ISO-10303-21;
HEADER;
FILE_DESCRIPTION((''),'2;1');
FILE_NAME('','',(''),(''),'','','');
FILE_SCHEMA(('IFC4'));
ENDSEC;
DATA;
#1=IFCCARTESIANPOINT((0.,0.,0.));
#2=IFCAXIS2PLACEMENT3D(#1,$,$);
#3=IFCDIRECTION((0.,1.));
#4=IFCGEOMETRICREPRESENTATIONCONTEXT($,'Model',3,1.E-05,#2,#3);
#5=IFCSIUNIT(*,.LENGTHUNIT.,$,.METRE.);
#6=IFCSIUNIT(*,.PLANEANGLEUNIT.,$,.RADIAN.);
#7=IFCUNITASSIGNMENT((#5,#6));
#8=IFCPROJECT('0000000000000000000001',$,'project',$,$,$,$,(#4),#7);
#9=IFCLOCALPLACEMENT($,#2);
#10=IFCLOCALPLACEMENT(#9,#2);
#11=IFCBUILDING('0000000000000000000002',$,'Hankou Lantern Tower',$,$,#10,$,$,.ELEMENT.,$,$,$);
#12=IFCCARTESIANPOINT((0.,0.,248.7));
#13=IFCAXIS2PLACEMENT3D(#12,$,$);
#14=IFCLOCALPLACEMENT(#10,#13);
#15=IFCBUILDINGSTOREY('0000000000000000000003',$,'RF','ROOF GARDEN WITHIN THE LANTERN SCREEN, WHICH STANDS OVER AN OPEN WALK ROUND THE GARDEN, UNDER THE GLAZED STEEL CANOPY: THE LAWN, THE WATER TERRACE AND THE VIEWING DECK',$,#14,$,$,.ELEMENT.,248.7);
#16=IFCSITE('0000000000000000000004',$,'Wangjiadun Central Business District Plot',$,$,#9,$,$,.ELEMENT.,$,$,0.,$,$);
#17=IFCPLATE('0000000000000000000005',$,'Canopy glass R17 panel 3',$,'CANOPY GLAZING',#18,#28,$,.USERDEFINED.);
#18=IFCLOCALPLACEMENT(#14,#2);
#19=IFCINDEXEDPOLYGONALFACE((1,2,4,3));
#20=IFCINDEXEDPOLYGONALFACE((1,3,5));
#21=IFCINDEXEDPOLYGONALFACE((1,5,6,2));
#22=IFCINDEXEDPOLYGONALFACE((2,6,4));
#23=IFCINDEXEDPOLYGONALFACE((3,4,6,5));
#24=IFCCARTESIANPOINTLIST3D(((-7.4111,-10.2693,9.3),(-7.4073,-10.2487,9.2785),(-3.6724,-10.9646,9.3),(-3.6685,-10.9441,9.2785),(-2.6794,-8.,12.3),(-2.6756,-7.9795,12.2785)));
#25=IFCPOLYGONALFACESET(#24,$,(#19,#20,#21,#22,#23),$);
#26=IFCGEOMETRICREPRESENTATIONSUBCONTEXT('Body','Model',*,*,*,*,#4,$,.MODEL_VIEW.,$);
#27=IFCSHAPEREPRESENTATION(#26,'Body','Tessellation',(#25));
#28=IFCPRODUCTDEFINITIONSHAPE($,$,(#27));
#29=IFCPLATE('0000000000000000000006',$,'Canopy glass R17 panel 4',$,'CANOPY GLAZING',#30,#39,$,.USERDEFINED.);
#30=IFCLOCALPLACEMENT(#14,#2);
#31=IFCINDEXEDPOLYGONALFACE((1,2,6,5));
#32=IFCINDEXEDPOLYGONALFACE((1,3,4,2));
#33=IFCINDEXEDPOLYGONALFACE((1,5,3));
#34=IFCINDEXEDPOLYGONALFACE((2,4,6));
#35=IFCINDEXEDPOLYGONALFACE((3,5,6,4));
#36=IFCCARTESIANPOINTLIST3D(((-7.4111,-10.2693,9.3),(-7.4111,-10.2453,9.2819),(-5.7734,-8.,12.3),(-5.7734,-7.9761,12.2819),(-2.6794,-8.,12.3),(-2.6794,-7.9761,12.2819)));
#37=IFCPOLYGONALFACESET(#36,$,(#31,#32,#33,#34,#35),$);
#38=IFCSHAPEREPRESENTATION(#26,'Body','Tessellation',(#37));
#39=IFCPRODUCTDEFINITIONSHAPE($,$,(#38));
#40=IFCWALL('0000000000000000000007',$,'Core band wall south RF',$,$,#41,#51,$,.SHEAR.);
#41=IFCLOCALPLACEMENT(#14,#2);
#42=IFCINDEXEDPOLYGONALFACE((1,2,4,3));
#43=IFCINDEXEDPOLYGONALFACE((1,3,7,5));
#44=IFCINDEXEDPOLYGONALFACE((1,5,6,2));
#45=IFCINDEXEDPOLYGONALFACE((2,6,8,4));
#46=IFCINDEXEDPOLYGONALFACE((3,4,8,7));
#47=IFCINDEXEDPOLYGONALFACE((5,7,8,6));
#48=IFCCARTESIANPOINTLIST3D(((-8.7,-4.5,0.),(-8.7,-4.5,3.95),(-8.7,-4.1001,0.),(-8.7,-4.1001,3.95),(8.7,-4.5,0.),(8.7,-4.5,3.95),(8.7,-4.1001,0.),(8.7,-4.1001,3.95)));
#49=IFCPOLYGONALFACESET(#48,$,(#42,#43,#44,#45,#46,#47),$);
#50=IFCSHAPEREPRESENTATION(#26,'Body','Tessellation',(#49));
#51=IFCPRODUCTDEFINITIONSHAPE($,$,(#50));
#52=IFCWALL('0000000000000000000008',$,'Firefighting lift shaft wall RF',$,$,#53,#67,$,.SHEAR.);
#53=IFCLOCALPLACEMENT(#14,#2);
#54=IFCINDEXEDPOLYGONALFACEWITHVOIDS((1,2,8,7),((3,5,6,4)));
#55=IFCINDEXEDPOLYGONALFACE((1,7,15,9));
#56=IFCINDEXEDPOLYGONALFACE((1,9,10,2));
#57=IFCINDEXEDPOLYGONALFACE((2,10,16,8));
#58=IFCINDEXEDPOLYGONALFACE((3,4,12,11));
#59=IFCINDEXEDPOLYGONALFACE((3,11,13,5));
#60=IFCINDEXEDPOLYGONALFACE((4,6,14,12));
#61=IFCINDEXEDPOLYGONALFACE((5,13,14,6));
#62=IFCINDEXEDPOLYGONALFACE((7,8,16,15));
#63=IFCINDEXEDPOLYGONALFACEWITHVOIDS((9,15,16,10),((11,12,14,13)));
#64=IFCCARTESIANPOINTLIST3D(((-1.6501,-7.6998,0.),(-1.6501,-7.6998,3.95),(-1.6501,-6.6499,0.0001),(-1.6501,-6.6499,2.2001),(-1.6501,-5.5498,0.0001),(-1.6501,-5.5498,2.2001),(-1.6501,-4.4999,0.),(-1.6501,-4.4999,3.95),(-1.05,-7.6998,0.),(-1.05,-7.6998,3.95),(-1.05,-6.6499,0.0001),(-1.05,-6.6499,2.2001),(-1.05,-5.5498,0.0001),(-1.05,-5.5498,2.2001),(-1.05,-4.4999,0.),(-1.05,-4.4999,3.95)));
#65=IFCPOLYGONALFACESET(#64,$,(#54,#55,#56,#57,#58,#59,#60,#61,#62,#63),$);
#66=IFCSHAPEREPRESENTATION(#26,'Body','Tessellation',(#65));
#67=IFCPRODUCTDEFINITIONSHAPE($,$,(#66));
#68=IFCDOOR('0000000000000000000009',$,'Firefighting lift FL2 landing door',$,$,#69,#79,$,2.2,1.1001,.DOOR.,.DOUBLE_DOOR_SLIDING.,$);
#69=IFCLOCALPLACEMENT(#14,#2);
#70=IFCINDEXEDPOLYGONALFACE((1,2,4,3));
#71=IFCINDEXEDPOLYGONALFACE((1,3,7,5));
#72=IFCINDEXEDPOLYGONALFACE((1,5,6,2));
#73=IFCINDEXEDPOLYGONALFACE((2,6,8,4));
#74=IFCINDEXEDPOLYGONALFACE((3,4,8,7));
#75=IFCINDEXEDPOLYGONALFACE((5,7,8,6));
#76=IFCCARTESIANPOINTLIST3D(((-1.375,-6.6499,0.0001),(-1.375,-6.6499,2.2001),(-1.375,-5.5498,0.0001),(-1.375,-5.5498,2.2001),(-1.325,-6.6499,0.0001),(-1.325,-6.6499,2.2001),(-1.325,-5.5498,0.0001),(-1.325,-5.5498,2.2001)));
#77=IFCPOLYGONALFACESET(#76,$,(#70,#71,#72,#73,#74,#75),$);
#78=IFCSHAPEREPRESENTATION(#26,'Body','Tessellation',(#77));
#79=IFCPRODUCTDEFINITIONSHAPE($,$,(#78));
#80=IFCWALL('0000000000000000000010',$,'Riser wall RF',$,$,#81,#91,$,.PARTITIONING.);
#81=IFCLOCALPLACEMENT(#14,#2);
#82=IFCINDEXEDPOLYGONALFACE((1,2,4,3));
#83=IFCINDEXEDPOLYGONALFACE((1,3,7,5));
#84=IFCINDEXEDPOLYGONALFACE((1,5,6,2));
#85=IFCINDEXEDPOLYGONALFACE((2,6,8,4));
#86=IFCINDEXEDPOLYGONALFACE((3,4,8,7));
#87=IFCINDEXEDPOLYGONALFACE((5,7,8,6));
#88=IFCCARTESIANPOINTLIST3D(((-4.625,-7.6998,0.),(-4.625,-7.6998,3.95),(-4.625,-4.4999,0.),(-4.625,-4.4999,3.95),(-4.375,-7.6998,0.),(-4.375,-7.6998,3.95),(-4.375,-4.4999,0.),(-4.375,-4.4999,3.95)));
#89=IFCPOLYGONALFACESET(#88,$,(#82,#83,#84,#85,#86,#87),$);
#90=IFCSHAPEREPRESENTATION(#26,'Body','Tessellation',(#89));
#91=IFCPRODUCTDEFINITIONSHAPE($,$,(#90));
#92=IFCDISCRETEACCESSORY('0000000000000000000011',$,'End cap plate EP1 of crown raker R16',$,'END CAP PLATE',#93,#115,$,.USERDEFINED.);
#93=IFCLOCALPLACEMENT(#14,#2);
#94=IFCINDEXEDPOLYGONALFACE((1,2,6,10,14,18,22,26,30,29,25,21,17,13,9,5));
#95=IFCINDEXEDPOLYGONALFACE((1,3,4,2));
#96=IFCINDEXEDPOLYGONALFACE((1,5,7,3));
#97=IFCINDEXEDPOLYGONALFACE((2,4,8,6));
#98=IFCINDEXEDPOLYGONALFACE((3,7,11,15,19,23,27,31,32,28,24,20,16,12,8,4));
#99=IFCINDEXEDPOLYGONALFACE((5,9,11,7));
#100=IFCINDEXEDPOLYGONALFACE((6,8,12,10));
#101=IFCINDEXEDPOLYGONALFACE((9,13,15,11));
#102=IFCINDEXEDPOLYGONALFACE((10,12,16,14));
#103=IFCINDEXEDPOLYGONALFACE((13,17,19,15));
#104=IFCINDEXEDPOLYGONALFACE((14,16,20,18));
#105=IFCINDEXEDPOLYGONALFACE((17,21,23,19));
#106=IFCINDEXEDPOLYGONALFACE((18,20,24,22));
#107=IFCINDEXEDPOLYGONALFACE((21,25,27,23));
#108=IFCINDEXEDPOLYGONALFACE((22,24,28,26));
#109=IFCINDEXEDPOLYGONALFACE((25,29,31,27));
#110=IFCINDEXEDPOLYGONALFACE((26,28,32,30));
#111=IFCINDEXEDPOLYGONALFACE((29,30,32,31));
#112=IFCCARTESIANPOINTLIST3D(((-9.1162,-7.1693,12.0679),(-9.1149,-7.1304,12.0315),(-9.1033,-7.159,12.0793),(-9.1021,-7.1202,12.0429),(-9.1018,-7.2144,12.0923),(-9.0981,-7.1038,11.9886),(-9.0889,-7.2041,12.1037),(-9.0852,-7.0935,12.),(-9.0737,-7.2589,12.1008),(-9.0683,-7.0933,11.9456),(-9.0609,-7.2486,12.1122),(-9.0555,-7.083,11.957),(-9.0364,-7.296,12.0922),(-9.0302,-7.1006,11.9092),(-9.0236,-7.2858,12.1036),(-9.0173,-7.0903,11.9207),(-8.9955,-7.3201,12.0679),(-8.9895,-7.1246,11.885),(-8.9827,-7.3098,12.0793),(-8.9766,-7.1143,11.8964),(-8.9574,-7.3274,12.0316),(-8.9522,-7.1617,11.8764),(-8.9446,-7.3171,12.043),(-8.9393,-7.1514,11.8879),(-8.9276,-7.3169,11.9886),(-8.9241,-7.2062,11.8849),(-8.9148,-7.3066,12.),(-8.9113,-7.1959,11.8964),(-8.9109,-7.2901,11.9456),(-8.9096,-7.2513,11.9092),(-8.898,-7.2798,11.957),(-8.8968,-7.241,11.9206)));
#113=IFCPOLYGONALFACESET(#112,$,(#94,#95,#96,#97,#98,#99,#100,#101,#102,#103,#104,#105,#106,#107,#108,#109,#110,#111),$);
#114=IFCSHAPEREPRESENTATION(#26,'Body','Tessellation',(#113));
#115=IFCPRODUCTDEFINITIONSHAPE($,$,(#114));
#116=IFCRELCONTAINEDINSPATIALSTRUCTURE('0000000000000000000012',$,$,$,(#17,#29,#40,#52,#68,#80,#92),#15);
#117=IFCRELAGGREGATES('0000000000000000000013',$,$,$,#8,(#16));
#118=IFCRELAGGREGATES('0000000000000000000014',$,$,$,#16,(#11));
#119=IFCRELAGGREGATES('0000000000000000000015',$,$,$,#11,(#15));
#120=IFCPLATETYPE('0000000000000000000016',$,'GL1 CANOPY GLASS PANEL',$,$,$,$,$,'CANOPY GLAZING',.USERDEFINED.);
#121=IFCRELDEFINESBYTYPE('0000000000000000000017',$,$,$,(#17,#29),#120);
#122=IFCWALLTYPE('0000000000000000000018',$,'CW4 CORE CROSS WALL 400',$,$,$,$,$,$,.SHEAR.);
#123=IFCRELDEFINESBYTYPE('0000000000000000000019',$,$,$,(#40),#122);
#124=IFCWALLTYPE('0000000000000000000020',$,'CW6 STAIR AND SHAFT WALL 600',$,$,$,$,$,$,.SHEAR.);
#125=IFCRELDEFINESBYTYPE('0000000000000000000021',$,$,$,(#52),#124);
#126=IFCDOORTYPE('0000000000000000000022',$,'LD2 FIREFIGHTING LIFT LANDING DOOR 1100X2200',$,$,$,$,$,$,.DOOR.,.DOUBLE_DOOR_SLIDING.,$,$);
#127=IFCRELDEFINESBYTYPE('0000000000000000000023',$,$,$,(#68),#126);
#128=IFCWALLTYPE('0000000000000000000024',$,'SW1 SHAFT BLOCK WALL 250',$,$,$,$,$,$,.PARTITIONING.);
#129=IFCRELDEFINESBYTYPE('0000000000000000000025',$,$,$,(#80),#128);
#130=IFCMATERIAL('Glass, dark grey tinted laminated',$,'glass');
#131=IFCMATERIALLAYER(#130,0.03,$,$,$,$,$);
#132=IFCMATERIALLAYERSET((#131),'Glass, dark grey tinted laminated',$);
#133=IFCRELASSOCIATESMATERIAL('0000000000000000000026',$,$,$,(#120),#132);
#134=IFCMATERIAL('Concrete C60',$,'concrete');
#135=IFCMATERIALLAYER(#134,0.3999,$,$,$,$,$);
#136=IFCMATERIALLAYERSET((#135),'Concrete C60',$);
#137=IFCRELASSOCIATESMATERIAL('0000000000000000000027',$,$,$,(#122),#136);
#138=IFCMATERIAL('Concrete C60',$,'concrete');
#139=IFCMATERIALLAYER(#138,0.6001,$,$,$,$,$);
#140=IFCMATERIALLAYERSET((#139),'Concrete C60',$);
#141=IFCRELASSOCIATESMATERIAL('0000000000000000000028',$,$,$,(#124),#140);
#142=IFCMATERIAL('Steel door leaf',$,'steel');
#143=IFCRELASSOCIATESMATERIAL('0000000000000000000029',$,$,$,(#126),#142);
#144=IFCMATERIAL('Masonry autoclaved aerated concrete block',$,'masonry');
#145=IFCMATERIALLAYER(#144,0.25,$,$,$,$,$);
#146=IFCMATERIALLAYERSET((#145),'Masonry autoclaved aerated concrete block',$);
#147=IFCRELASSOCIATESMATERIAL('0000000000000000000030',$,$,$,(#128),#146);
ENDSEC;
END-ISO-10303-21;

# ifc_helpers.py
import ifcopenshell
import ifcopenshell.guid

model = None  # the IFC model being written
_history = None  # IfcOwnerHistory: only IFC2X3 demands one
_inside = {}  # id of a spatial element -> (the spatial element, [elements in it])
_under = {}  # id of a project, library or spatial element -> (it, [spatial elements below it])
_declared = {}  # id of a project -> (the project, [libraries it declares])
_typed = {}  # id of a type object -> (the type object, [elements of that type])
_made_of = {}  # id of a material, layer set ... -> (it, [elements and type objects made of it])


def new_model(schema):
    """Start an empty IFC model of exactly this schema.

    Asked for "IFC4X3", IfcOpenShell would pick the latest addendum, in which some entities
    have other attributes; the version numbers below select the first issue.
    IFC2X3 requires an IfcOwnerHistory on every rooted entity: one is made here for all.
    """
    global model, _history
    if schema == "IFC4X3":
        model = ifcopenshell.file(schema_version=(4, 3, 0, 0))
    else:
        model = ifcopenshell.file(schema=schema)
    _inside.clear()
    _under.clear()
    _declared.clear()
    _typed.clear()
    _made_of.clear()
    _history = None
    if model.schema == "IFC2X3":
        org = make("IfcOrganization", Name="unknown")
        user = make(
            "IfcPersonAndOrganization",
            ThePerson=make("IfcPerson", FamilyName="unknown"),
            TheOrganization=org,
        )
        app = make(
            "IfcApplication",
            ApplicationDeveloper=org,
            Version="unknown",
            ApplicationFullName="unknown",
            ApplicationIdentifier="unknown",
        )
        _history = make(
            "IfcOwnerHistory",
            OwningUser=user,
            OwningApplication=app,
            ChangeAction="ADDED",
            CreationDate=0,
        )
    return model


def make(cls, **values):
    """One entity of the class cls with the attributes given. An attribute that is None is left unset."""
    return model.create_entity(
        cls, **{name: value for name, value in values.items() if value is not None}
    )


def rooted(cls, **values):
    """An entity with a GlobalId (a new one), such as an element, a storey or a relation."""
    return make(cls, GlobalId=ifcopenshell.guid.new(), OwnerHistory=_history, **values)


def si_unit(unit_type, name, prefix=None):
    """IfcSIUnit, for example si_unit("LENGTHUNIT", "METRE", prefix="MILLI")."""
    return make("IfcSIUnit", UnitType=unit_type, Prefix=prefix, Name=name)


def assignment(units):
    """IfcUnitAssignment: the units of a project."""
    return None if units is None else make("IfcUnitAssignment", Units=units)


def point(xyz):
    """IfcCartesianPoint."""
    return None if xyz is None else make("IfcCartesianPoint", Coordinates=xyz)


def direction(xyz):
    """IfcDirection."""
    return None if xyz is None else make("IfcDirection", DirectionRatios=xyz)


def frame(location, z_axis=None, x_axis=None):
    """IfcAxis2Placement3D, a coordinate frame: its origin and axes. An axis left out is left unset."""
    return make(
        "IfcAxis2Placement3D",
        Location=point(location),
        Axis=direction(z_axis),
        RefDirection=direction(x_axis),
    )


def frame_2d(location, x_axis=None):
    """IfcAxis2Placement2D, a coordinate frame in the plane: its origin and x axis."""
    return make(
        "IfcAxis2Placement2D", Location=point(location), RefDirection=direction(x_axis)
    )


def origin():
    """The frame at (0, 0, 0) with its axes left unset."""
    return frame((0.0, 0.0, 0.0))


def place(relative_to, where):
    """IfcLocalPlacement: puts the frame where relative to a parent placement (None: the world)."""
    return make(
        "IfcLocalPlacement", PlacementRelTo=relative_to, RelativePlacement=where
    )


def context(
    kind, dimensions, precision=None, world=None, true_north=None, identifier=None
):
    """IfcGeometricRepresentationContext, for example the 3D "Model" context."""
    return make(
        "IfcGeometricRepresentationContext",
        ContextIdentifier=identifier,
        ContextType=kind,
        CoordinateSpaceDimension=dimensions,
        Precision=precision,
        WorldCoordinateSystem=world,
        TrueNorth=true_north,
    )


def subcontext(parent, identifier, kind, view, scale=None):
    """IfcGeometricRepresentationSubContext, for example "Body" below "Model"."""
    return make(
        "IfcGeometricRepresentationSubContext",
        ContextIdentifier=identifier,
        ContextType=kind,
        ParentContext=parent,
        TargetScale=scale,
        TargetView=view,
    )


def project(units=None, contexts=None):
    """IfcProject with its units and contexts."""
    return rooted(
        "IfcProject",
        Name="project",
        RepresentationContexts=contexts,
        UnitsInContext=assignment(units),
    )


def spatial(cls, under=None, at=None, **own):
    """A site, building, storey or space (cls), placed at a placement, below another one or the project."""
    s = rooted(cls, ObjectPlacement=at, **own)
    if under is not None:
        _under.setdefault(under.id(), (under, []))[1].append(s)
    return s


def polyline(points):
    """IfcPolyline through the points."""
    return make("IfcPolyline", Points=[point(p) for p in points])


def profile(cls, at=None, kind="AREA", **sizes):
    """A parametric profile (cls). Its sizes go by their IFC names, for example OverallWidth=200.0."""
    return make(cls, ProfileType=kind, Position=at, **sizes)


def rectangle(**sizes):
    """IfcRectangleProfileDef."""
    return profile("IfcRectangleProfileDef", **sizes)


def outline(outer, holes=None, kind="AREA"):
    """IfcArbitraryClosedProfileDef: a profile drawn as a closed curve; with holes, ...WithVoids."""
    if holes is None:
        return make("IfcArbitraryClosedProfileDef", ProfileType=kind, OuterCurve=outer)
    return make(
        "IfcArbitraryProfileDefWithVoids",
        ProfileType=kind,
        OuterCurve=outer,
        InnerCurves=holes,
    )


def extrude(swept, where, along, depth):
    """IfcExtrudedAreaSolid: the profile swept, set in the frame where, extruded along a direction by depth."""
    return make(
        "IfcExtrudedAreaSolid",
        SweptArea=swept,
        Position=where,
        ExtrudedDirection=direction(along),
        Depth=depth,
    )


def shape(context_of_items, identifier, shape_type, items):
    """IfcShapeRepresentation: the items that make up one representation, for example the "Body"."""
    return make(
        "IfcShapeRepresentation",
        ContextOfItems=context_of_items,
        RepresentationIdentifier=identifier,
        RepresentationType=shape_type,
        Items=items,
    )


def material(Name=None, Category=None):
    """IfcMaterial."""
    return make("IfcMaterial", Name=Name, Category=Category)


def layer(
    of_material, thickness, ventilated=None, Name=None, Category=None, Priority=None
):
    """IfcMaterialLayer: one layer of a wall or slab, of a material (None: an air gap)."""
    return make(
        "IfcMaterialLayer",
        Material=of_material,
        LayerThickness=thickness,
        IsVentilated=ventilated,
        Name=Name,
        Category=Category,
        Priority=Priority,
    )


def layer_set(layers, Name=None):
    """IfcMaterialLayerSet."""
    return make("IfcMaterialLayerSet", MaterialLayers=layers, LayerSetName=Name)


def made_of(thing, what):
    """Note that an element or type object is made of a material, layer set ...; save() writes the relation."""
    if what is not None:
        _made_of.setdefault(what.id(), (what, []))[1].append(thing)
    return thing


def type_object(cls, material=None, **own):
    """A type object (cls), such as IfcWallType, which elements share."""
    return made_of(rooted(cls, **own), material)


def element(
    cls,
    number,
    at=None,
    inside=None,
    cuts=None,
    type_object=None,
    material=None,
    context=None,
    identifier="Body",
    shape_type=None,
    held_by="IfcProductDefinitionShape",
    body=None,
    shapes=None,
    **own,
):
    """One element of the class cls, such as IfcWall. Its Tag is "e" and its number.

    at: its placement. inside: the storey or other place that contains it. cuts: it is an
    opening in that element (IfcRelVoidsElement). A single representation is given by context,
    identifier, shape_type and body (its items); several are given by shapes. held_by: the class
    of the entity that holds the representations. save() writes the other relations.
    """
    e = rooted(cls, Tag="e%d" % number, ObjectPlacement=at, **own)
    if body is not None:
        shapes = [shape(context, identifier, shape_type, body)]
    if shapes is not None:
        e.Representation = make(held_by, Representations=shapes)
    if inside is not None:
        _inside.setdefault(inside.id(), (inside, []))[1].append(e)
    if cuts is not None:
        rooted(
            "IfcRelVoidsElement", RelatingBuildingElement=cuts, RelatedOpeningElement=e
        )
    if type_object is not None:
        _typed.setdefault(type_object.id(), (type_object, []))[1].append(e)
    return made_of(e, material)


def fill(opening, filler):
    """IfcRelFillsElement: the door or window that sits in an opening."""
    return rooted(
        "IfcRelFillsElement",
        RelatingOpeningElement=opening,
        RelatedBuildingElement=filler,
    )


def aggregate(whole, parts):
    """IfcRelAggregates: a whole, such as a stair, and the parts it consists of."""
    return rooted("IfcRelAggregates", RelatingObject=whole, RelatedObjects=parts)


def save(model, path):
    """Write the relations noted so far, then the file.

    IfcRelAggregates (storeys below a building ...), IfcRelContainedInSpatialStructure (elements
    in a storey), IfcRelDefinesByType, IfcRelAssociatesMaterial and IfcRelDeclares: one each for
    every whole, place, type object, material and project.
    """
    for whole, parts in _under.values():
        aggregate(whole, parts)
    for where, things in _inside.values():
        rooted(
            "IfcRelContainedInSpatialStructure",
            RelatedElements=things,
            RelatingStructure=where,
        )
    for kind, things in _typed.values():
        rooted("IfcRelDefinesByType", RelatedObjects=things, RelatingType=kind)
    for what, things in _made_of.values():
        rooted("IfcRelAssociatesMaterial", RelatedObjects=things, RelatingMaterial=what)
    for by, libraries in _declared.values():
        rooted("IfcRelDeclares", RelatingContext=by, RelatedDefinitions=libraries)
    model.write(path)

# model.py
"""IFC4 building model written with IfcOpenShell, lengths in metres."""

from ifc_helpers import new_model, si_unit, direction, frame, frame_2d, origin, place, context, subcontext, project, spatial, polyline, rectangle, outline, extrude, material, layer, layer_set, type_object, element, fill, save


model = new_model("IFC4")

# Units and contexts
model_context = context("Model", 3, precision=1e-05, world=origin(), true_north=direction((0.0, 1.0)))
body_context = subcontext(model_context, "Body", "Model", "MODEL_VIEW")
ifc_project = project(units=[si_unit("LENGTHUNIT", "METRE"), si_unit("PLANEANGLEUNIT", "RADIAN")], contexts=[model_context])

# Site, building, storey
site_placement = place(None, origin())
site = spatial("IfcSite", under=ifc_project, at=site_placement, Name="Wangjiadun Central Business District Plot", CompositionType="ELEMENT", RefElevation=0.0)
building_placement = place(site_placement, origin())
building = spatial("IfcBuilding", under=site, at=building_placement, Name="Hankou Lantern Tower", CompositionType="ELEMENT")
storey_placement = place(building_placement, frame((0.0, 0.0, 248.7)))
storey = spatial("IfcBuildingStorey", under=building, at=storey_placement, Name="RF", Description="ROOF GARDEN WITHIN THE LANTERN SCREEN, WHICH STANDS OVER AN OPEN WALK ROUND THE GARDEN, UNDER THE GLAZED STEEL CANOPY: THE LAWN, THE WATER TERRACE AND THE VIEWING DECK", CompositionType="ELEMENT", Elevation=248.7)

# Plates
ifc_material_1 = material(Name="Glass, dark grey tinted laminated", Category="glass")
ifc_layer_1 = layer(ifc_material_1, 0.03)
ifc_layer_set_1 = layer_set([ifc_layer_1], Name="Glass, dark grey tinted laminated")
plate_type = type_object("IfcPlateType", Name="GL1 CANOPY GLASS PANEL", ElementType="CANOPY GLAZING", PredefinedType="USERDEFINED", material=ifc_layer_set_1)
plate_1_placement = place(storey_placement, frame((-7.4111, -10.2693, 9.3), z_axis=(-0.127231, -0.684135, 0.718172), x_axis=(0.983143, -0.182839, 0.0)))
element("IfcPlate", 1, at=plate_1_placement, inside=storey, type_object=plate_type, Name="Canopy glass R17 panel 3", ObjectType="CANOPY GLAZING", PredefinedType="USERDEFINED", context=body_context, shape_type="SweptSolid", body=[
    extrude(outline(polyline([(0.0, 0.0), (3.8029, 0.0), (4.237, 4.3112), (0.0, 0.0)])), origin(), (0.0, 0.0, -1.0), 0.03),
])
plate_2_placement = place(storey_placement, frame((-7.4111, -10.2693, 9.3), z_axis=(0.0, -0.797532, 0.603276), x_axis=(0.782782, 0.375417, 0.496302)))
element("IfcPlate", 2, at=plate_2_placement, inside=storey, type_object=plate_type, Name="Canopy glass R17 panel 4", ObjectType="CANOPY GLAZING", PredefinedType="USERDEFINED", context=body_context, shape_type="SweptSolid", body=[
    extrude(outline(polyline([(0.0, 0.0), (6.0447, 0.0), (3.6228, 1.9254), (0.0, 0.0)])), origin(), (0.0, 0.0, -1.0), 0.03),
])

# Wall
ifc_material_2 = material(Name="Concrete C60", Category="concrete")
ifc_layer_2 = layer(ifc_material_2, 0.3999)
ifc_layer_set_2 = layer_set([ifc_layer_2], Name="Concrete C60")
wall_type_1 = type_object("IfcWallType", Name="CW4 CORE CROSS WALL 400", PredefinedType="SHEAR", material=ifc_layer_set_2)
wall_1_placement = place(storey_placement, frame((-8.7, -4.3, 0.0), z_axis=(0.0, 0.0, 1.0), x_axis=(1.0, 0.0, 0.0)))
element("IfcWall", 3, at=wall_1_placement, inside=storey, type_object=wall_type_1, Name="Core band wall south RF", PredefinedType="SHEAR", context=body_context, shape_type="SweptSolid", body=[
    extrude(rectangle(XDim=17.3999, YDim=0.3999, at=frame_2d((8.7, 0.0))), origin(), (0.0, 0.0, 1.0), 3.95),
])

# Wall, opening, door
ifc_material_3 = material(Name="Concrete C60", Category="concrete")
ifc_layer_3 = layer(ifc_material_3, 0.6001)
ifc_layer_set_3 = layer_set([ifc_layer_3], Name="Concrete C60")
wall_type_2 = type_object("IfcWallType", Name="CW6 STAIR AND SHAFT WALL 600", PredefinedType="SHEAR", material=ifc_layer_set_3)
wall_2_placement = place(storey_placement, frame((-1.3501, -7.7, 0.0), z_axis=(0.0, 0.0, 1.0), x_axis=(0.0, 1.0, 0.0)))
wall_2 = element("IfcWall", 4, at=wall_2_placement, inside=storey, type_object=wall_type_2, Name="Firefighting lift shaft wall RF", PredefinedType="SHEAR", context=body_context, shape_type="SweptSolid", body=[
    extrude(rectangle(XDim=3.2, YDim=0.6001, at=frame_2d((1.6001, 0.0))), origin(), (0.0, 0.0, 1.0), 3.95),
])
opening_1_placement = place(wall_2_placement, frame((1.05, 0.0, 0.0)))
opening_1 = element("IfcOpeningElement", 5, at=opening_1_placement, cuts=wall_2, PredefinedType="OPENING", context=body_context, shape_type="SweptSolid", body=[
    extrude(rectangle(XDim=1.1001, YDim=2.2, at=frame_2d((0.55, 1.1001))), frame((0.0, 0.3101, 0.0), z_axis=(0.0, -1.0, 0.0), x_axis=(1.0, 0.0, 0.0)), (0.0, 0.0, 1.0), 0.6201),
])
ifc_material_4 = material(Name="Steel door leaf", Category="steel")
door_type_1 = type_object("IfcDoorType", Name="LD2 FIREFIGHTING LIFT LANDING DOOR 1100X2200", OperationType="DOUBLE_DOOR_SLIDING", PredefinedType="DOOR", material=ifc_material_4)
door_1_placement = place(opening_1_placement, origin())
door_1 = element("IfcDoor", 6, at=door_1_placement, inside=storey, type_object=door_type_1, Name="Firefighting lift FL2 landing door", OperationType="DOUBLE_DOOR_SLIDING", OverallHeight=2.2, OverallWidth=1.1001, PredefinedType="DOOR", context=body_context, shape_type="SweptSolid", body=[
    extrude(rectangle(XDim=1.1001, YDim=2.2, at=frame_2d((0.55, 1.1001))), frame((0.0, 0.0249, 0.0), z_axis=(0.0, -1.0, 0.0), x_axis=(1.0, 0.0, 0.0)), (0.0, 0.0, 1.0), 0.05),
])
fill(opening_1, door_1)

# Wall
ifc_material_5 = material(Name="Masonry autoclaved aerated concrete block", Category="masonry")
ifc_layer_4 = layer(ifc_material_5, 0.25)
ifc_layer_set_4 = layer_set([ifc_layer_4], Name="Masonry autoclaved aerated concrete block")
wall_type_3 = type_object("IfcWallType", Name="SW1 SHAFT BLOCK WALL 250", PredefinedType="PARTITIONING", material=ifc_layer_set_4)
wall_3_placement = place(storey_placement, frame((-4.5, -7.7, 0.0), z_axis=(0.0, 0.0, 1.0), x_axis=(0.0, 1.0, 0.0)))
element("IfcWall", 7, at=wall_3_placement, inside=storey, type_object=wall_type_3, Name="Riser wall RF", PredefinedType="PARTITIONING", context=body_context, shape_type="SweptSolid", body=[
    extrude(rectangle(XDim=3.2, YDim=0.25, at=frame_2d((1.6001, 0.0))), origin(), (0.0, 0.0, 1.0), 3.95),
])

# Discrete accessory
discrete_accessory_placement = place(storey_placement, frame((-8.9148, -7.3066, 12.0), z_axis=(0.641608, 0.513257, 0.570006), x_axis=(0.31428, 0.501977, -0.805759)))
element("IfcDiscreteAccessory", 8, at=discrete_accessory_placement, inside=storey, Name="End cap plate EP1 of crown raker R16", ObjectType="END CAP PLATE", PredefinedType="USERDEFINED", context=body_context, shape_type="SweptSolid", body=[
    extrude(outline(polyline([(0.0, 0.0), (0.0534, 0.0), (0.1026, 0.0203), (0.1402, 0.058), (0.1606, 0.1072), (0.1606, 0.1605), (0.1403, 0.2096), (0.1027, 0.2472), (0.0534, 0.2676), (0.0002, 0.2678), (-0.049, 0.2475), (-0.0868, 0.2099), (-0.1072, 0.1607), (-0.1072, 0.1073), (-0.0869, 0.058), (-0.0493, 0.0204), (0.0, 0.0)])), origin(), (0.0, 0.0, -1.0), 0.02),
])

save(model, "model.ifc")
